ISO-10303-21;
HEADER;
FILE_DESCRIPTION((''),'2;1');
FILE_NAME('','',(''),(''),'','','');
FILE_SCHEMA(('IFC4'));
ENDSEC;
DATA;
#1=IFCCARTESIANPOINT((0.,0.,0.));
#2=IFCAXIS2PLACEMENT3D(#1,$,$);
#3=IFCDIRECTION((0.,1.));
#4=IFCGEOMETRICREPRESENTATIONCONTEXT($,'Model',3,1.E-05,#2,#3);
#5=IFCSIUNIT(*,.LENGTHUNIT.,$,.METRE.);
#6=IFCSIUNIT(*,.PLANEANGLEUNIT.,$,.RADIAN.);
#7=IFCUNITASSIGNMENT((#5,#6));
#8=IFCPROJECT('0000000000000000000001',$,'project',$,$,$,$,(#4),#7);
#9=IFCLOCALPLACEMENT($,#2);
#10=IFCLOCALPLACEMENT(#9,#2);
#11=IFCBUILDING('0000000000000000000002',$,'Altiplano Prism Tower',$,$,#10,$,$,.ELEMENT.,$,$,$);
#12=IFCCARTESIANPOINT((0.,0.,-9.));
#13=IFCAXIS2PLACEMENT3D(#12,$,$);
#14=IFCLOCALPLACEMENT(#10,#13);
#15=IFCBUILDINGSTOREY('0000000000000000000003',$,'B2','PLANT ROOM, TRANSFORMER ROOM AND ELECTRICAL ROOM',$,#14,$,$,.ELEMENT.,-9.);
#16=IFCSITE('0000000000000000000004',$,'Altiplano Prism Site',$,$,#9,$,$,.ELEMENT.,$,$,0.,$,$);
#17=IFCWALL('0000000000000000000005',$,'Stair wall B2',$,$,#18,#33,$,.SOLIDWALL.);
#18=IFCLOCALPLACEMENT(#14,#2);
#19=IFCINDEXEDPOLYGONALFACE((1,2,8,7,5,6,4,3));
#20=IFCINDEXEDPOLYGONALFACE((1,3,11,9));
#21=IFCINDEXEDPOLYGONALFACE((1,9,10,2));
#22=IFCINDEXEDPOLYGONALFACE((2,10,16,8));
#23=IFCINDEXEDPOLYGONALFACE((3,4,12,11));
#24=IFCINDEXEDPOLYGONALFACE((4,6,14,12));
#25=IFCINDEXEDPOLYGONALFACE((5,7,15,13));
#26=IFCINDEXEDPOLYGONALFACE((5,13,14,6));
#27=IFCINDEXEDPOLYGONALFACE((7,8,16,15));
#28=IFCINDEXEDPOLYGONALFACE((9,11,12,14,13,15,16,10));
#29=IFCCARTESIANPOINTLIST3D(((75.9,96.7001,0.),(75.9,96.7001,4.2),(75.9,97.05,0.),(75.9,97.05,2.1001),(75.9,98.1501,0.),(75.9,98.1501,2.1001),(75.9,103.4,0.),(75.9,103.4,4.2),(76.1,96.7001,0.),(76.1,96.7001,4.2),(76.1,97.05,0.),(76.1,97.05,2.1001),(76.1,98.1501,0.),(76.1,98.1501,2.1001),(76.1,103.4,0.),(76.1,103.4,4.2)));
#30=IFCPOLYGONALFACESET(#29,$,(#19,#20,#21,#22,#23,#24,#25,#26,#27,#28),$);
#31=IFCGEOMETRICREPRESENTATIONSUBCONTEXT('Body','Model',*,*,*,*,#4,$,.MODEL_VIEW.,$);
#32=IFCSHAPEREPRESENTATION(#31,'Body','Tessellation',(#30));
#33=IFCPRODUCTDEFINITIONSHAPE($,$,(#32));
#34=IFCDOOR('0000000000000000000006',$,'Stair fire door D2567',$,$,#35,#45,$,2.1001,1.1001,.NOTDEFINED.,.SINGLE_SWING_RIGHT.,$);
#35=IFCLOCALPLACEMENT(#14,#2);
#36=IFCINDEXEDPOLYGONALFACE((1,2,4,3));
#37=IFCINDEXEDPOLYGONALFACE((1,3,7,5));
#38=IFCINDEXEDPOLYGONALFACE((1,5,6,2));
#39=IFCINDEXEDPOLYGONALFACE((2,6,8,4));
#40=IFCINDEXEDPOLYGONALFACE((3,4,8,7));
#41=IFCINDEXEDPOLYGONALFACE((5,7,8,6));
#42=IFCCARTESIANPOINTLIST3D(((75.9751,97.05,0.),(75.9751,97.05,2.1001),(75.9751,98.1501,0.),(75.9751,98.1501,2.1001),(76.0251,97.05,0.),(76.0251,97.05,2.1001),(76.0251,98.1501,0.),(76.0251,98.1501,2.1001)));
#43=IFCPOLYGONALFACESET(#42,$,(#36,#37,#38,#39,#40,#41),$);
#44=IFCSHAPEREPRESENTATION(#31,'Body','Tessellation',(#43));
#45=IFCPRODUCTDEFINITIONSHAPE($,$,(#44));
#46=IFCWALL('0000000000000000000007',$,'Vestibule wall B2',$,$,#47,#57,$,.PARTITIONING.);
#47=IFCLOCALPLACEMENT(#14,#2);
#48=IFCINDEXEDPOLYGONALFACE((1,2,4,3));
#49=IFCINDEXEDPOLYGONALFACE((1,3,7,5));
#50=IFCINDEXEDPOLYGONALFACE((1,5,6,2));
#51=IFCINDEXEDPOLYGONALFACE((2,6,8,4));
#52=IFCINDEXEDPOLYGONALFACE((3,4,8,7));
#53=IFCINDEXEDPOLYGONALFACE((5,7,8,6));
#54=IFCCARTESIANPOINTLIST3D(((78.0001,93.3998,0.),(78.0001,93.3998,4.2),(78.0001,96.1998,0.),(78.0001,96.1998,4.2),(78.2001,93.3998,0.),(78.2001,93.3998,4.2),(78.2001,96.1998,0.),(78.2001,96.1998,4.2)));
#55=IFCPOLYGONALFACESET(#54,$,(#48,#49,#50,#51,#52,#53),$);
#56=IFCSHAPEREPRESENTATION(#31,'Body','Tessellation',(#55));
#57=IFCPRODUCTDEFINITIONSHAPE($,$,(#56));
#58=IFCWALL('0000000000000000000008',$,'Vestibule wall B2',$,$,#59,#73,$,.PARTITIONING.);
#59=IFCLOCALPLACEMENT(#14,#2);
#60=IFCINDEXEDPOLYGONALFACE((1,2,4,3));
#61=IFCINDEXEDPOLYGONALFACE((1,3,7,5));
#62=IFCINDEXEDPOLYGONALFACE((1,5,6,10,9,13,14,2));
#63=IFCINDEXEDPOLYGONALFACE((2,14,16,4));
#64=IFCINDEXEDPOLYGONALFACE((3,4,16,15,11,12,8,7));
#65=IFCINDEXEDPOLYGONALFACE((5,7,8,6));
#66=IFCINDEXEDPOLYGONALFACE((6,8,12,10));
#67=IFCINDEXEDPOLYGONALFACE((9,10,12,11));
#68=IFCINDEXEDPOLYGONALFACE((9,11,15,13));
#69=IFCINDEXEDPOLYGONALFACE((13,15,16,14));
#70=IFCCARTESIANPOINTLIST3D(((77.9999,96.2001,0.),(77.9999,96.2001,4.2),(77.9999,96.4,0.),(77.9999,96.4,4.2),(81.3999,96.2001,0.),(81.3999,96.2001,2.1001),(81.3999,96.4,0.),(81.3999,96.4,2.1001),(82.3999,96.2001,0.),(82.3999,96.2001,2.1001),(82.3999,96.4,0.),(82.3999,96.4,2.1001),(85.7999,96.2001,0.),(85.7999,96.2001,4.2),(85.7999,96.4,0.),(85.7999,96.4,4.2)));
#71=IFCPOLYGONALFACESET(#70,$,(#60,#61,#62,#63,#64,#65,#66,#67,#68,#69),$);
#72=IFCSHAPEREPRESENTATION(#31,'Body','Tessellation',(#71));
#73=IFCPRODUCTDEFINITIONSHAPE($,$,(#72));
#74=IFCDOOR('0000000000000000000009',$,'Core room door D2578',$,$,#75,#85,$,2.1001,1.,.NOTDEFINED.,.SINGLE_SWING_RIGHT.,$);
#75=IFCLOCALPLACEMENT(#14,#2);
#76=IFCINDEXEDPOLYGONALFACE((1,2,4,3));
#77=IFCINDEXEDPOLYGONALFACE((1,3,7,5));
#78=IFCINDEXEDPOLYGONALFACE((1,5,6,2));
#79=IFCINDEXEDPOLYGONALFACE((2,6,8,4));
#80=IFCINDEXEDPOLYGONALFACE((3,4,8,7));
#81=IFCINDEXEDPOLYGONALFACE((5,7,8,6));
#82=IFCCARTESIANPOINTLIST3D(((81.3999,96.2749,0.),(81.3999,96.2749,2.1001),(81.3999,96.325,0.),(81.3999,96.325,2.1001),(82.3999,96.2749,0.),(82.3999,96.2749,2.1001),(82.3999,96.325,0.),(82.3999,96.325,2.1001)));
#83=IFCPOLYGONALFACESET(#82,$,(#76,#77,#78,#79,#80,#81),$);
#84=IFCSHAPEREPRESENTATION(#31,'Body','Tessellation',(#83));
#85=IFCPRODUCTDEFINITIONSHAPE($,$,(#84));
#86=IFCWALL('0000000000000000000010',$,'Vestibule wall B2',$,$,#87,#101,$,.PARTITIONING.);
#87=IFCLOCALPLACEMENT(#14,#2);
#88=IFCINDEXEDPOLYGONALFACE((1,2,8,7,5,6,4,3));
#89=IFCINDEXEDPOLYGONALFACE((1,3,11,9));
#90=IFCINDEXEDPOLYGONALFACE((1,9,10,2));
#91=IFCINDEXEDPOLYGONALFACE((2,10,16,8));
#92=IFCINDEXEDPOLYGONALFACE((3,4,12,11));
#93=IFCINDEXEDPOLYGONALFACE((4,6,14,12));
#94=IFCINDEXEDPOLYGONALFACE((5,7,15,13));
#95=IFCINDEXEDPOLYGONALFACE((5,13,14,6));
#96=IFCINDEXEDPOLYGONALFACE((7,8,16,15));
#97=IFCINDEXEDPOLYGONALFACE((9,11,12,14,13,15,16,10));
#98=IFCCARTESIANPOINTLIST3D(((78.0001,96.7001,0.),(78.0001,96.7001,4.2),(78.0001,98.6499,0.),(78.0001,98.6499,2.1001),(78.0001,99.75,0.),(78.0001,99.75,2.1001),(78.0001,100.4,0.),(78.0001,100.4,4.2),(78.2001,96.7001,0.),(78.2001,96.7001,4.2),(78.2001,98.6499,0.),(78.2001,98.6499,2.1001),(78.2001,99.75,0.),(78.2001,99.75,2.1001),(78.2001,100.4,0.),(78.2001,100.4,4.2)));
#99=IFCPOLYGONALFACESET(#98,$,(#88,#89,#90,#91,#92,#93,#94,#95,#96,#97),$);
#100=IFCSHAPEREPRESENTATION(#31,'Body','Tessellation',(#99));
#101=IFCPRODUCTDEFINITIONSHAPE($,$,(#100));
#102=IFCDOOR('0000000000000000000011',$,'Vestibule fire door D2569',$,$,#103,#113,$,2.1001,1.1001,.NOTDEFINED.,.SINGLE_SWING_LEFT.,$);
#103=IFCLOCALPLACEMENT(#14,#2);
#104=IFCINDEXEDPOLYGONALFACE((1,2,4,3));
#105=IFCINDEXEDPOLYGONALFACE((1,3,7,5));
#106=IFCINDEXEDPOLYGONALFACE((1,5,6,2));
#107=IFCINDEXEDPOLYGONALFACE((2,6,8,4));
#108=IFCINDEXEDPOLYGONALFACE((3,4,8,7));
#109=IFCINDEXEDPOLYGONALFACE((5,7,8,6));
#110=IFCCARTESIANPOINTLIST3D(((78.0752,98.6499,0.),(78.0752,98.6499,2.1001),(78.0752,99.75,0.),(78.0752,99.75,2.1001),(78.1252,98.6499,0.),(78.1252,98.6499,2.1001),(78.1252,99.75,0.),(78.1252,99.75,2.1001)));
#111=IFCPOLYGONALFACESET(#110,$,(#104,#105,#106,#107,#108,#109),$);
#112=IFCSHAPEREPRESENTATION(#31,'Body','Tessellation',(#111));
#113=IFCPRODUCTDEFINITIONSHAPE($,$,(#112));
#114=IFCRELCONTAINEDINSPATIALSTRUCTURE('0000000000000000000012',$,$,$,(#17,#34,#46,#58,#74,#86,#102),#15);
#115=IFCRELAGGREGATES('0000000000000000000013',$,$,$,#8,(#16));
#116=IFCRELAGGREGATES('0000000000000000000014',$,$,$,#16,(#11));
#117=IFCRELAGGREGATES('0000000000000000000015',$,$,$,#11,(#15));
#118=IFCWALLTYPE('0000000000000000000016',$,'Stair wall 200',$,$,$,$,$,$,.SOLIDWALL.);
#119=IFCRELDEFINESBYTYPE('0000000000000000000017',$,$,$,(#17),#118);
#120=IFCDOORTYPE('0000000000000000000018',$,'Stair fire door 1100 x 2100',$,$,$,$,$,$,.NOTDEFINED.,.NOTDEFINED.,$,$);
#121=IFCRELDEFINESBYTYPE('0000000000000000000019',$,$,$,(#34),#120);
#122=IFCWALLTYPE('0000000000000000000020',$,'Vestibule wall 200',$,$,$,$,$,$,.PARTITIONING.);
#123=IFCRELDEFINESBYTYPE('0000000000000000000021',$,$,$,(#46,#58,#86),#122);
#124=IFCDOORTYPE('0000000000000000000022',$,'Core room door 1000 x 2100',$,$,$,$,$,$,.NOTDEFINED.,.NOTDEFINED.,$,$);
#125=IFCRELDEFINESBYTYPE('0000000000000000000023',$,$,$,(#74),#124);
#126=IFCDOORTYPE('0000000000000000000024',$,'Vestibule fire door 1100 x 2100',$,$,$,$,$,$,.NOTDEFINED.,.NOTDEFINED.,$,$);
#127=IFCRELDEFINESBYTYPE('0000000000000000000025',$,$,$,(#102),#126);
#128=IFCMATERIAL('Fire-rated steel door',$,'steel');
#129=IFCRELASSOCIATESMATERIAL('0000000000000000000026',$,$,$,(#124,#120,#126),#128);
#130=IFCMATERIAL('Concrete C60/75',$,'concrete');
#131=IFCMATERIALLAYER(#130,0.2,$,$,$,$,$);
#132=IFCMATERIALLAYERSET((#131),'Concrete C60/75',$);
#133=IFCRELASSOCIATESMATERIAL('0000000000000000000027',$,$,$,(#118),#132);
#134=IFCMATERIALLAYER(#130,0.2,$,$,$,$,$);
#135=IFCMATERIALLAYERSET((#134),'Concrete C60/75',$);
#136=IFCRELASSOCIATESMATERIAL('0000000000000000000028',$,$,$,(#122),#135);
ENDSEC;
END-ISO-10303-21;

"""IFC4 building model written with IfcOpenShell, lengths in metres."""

from ifc_helpers import new_model, si_unit, direction, frame, frame_2d, origin, place, context, subcontext, project, spatial, rectangle, extrude, material, layer, layer_set, type_object, element, fill, save


model = new_model("IFC4")

# Units and contexts
model_context = context("Model", 3, precision=1e-05, world=origin(), true_north=direction((0.0, 1.0)))
body_context = subcontext(model_context, "Body", "Model", "MODEL_VIEW")
ifc_project = project(units=[si_unit("LENGTHUNIT", "METRE"), si_unit("PLANEANGLEUNIT", "RADIAN")], contexts=[model_context])

# Site, building, storey
site_placement = place(None, origin())
site = spatial("IfcSite", under=ifc_project, at=site_placement, Name="Altiplano Prism Site", CompositionType="ELEMENT", RefElevation=0.0)
building_placement = place(site_placement, origin())
building = spatial("IfcBuilding", under=site, at=building_placement, Name="Altiplano Prism Tower", CompositionType="ELEMENT")
storey_placement = place(building_placement, frame((0.0, 0.0, -9.0)))
storey = spatial("IfcBuildingStorey", under=building, at=storey_placement, Name="B2", Description="PLANT ROOM, TRANSFORMER ROOM AND ELECTRICAL ROOM", CompositionType="ELEMENT", Elevation=-9.0)

# Shared definitions
ifc_material_1 = material(Name="Fire-rated steel door", Category="steel")
door_type_1 = type_object("IfcDoorType", Name="Core room door 1000 x 2100", OperationType="NOTDEFINED", PredefinedType="NOTDEFINED", material=ifc_material_1)

# Wall, opening, door
ifc_material_2 = material(Name="Concrete C60/75", Category="concrete")
ifc_layer_1 = layer(ifc_material_2, 0.2)
ifc_layer_set_1 = layer_set([ifc_layer_1], Name="Concrete C60/75")
wall_type_1 = type_object("IfcWallType", Name="Stair wall 200", PredefinedType="SOLIDWALL", material=ifc_layer_set_1)
wall_1_placement = place(storey_placement, frame((76.0, 96.7, 0.0), z_axis=(0.0, 0.0, 1.0), x_axis=(0.0, 1.0, 0.0)))
wall_1 = element("IfcWall", 1, at=wall_1_placement, inside=storey, type_object=wall_type_1, Name="Stair wall B2", PredefinedType="SOLIDWALL", context=body_context, shape_type="SweptSolid", body=[
    extrude(rectangle(XDim=6.7, YDim=0.2, at=frame_2d((3.3501, 0.0))), origin(), (0.0, 0.0, 1.0), 4.2),
])
opening_1_placement = place(wall_1_placement, frame((0.3501, 0.0, 0.0)))
opening_1 = element("IfcOpeningElement", 2, at=opening_1_placement, cuts=wall_1, PredefinedType="OPENING", context=body_context, shape_type="SweptSolid", body=[
    extrude(rectangle(XDim=1.1001, YDim=2.1001, at=frame_2d((0.55, 1.05))), frame((0.0, 0.1104, 0.0), z_axis=(0.0, -1.0, 0.0), x_axis=(1.0, 0.0, 0.0)), (0.0, 0.0, 1.0), 0.2209),
])
door_type_2 = type_object("IfcDoorType", Name="Stair fire door 1100 x 2100", OperationType="NOTDEFINED", PredefinedType="NOTDEFINED", material=ifc_material_1)
door_1_placement = place(opening_1_placement, origin())
door_1 = element("IfcDoor", 3, at=door_1_placement, inside=storey, type_object=door_type_2, Name="Stair fire door D2567", OperationType="SINGLE_SWING_RIGHT", OverallHeight=2.1001, OverallWidth=1.1001, PredefinedType="NOTDEFINED", context=body_context, shape_type="SweptSolid", body=[
    extrude(rectangle(XDim=1.1001, YDim=2.1001, at=frame_2d((0.55, 1.05))), frame((0.0, 0.0249, 0.0), z_axis=(0.0, -1.0, 0.0), x_axis=(1.0, 0.0, 0.0)), (0.0, 0.0, 1.0), 0.05),
])
fill(opening_1, door_1)

# Wall
ifc_layer_2 = layer(ifc_material_2, 0.2)
ifc_layer_set_2 = layer_set([ifc_layer_2], Name="Concrete C60/75")
wall_type_2 = type_object("IfcWallType", Name="Vestibule wall 200", PredefinedType="PARTITIONING", material=ifc_layer_set_2)
wall_2_placement = place(storey_placement, frame((78.1001, 93.3999, 0.0), z_axis=(0.0, 0.0, 1.0), x_axis=(0.0, 1.0, 0.0)))
element("IfcWall", 4, at=wall_2_placement, inside=storey, type_object=wall_type_2, Name="Vestibule wall B2", PredefinedType="PARTITIONING", context=body_context, shape_type="SweptSolid", body=[
    extrude(rectangle(XDim=2.8, YDim=0.2, at=frame_2d((1.3999, 0.0))), origin(), (0.0, 0.0, 1.0), 4.2),
])

# Walls, openings, doors
wall_3_placement = place(storey_placement, frame((78.0, 96.3, 0.0), z_axis=(0.0, 0.0, 1.0), x_axis=(1.0, 0.0, 0.0)))
wall_3 = element("IfcWall", 5, at=wall_3_placement, inside=storey, type_object=wall_type_2, Name="Vestibule wall B2", PredefinedType="PARTITIONING", context=body_context, shape_type="SweptSolid", body=[
    extrude(rectangle(XDim=7.8, YDim=0.2, at=frame_2d((3.8999, 0.0))), origin(), (0.0, 0.0, 1.0), 4.2),
])
opening_2_placement = place(wall_3_placement, frame((3.3999, 0.0, 0.0)))
opening_2 = element("IfcOpeningElement", 6, at=opening_2_placement, cuts=wall_3, PredefinedType="OPENING", context=body_context, shape_type="SweptSolid", body=[
    extrude(rectangle(XDim=1.0, YDim=2.1001, at=frame_2d((0.5, 1.05))), frame((0.0, 0.1104, 0.0), z_axis=(0.0, -1.0, 0.0), x_axis=(1.0, 0.0, 0.0)), (0.0, 0.0, 1.0), 0.2209),
])
door_2_placement = place(opening_2_placement, origin())
door_2 = element("IfcDoor", 7, at=door_2_placement, inside=storey, type_object=door_type_1, Name="Core room door D2578", OperationType="SINGLE_SWING_RIGHT", OverallHeight=2.1001, OverallWidth=1.0, PredefinedType="NOTDEFINED", context=body_context, shape_type="SweptSolid", body=[
    extrude(rectangle(XDim=1.0, YDim=2.1001, at=frame_2d((0.5, 1.05))), frame((0.0, 0.0249, 0.0), z_axis=(0.0, -1.0, 0.0), x_axis=(1.0, 0.0, 0.0)), (0.0, 0.0, 1.0), 0.05),
])
fill(opening_2, door_2)
wall_4_placement = place(storey_placement, frame((78.1001, 96.7, 0.0), z_axis=(0.0, 0.0, 1.0), x_axis=(0.0, 1.0, 0.0)))
wall_4 = element("IfcWall", 8, at=wall_4_placement, inside=storey, type_object=wall_type_2, Name="Vestibule wall B2", PredefinedType="PARTITIONING", context=body_context, shape_type="SweptSolid", body=[
    extrude(rectangle(XDim=3.7, YDim=0.2, at=frame_2d((1.8501, 0.0))), origin(), (0.0, 0.0, 1.0), 4.2),
])
opening_3_placement = place(wall_4_placement, frame((1.95, 0.0, 0.0)))
opening_3 = element("IfcOpeningElement", 9, at=opening_3_placement, cuts=wall_4, PredefinedType="OPENING", context=body_context, shape_type="SweptSolid", body=[
    extrude(rectangle(XDim=1.1001, YDim=2.1001, at=frame_2d((0.55, 1.05))), frame((0.0, 0.1104, 0.0), z_axis=(0.0, -1.0, 0.0), x_axis=(1.0, 0.0, 0.0)), (0.0, 0.0, 1.0), 0.2209),
])
door_type_3 = type_object("IfcDoorType", Name="Vestibule fire door 1100 x 2100", OperationType="NOTDEFINED", PredefinedType="NOTDEFINED", material=ifc_material_1)
door_3_placement = place(opening_3_placement, origin())
door_3 = element("IfcDoor", 10, at=door_3_placement, inside=storey, type_object=door_type_3, Name="Vestibule fire door D2569", OperationType="SINGLE_SWING_LEFT", OverallHeight=2.1001, OverallWidth=1.1001, PredefinedType="NOTDEFINED", context=body_context, shape_type="SweptSolid", body=[
    extrude(rectangle(XDim=1.1001, YDim=2.1001, at=frame_2d((0.55, 1.05))), frame((0.0, 0.0249, 0.0), z_axis=(0.0, -1.0, 0.0), x_axis=(1.0, 0.0, 0.0)), (0.0, 0.0, 1.0), 0.05),
])
fill(opening_3, door_3)

save(model, "model.ifc")
